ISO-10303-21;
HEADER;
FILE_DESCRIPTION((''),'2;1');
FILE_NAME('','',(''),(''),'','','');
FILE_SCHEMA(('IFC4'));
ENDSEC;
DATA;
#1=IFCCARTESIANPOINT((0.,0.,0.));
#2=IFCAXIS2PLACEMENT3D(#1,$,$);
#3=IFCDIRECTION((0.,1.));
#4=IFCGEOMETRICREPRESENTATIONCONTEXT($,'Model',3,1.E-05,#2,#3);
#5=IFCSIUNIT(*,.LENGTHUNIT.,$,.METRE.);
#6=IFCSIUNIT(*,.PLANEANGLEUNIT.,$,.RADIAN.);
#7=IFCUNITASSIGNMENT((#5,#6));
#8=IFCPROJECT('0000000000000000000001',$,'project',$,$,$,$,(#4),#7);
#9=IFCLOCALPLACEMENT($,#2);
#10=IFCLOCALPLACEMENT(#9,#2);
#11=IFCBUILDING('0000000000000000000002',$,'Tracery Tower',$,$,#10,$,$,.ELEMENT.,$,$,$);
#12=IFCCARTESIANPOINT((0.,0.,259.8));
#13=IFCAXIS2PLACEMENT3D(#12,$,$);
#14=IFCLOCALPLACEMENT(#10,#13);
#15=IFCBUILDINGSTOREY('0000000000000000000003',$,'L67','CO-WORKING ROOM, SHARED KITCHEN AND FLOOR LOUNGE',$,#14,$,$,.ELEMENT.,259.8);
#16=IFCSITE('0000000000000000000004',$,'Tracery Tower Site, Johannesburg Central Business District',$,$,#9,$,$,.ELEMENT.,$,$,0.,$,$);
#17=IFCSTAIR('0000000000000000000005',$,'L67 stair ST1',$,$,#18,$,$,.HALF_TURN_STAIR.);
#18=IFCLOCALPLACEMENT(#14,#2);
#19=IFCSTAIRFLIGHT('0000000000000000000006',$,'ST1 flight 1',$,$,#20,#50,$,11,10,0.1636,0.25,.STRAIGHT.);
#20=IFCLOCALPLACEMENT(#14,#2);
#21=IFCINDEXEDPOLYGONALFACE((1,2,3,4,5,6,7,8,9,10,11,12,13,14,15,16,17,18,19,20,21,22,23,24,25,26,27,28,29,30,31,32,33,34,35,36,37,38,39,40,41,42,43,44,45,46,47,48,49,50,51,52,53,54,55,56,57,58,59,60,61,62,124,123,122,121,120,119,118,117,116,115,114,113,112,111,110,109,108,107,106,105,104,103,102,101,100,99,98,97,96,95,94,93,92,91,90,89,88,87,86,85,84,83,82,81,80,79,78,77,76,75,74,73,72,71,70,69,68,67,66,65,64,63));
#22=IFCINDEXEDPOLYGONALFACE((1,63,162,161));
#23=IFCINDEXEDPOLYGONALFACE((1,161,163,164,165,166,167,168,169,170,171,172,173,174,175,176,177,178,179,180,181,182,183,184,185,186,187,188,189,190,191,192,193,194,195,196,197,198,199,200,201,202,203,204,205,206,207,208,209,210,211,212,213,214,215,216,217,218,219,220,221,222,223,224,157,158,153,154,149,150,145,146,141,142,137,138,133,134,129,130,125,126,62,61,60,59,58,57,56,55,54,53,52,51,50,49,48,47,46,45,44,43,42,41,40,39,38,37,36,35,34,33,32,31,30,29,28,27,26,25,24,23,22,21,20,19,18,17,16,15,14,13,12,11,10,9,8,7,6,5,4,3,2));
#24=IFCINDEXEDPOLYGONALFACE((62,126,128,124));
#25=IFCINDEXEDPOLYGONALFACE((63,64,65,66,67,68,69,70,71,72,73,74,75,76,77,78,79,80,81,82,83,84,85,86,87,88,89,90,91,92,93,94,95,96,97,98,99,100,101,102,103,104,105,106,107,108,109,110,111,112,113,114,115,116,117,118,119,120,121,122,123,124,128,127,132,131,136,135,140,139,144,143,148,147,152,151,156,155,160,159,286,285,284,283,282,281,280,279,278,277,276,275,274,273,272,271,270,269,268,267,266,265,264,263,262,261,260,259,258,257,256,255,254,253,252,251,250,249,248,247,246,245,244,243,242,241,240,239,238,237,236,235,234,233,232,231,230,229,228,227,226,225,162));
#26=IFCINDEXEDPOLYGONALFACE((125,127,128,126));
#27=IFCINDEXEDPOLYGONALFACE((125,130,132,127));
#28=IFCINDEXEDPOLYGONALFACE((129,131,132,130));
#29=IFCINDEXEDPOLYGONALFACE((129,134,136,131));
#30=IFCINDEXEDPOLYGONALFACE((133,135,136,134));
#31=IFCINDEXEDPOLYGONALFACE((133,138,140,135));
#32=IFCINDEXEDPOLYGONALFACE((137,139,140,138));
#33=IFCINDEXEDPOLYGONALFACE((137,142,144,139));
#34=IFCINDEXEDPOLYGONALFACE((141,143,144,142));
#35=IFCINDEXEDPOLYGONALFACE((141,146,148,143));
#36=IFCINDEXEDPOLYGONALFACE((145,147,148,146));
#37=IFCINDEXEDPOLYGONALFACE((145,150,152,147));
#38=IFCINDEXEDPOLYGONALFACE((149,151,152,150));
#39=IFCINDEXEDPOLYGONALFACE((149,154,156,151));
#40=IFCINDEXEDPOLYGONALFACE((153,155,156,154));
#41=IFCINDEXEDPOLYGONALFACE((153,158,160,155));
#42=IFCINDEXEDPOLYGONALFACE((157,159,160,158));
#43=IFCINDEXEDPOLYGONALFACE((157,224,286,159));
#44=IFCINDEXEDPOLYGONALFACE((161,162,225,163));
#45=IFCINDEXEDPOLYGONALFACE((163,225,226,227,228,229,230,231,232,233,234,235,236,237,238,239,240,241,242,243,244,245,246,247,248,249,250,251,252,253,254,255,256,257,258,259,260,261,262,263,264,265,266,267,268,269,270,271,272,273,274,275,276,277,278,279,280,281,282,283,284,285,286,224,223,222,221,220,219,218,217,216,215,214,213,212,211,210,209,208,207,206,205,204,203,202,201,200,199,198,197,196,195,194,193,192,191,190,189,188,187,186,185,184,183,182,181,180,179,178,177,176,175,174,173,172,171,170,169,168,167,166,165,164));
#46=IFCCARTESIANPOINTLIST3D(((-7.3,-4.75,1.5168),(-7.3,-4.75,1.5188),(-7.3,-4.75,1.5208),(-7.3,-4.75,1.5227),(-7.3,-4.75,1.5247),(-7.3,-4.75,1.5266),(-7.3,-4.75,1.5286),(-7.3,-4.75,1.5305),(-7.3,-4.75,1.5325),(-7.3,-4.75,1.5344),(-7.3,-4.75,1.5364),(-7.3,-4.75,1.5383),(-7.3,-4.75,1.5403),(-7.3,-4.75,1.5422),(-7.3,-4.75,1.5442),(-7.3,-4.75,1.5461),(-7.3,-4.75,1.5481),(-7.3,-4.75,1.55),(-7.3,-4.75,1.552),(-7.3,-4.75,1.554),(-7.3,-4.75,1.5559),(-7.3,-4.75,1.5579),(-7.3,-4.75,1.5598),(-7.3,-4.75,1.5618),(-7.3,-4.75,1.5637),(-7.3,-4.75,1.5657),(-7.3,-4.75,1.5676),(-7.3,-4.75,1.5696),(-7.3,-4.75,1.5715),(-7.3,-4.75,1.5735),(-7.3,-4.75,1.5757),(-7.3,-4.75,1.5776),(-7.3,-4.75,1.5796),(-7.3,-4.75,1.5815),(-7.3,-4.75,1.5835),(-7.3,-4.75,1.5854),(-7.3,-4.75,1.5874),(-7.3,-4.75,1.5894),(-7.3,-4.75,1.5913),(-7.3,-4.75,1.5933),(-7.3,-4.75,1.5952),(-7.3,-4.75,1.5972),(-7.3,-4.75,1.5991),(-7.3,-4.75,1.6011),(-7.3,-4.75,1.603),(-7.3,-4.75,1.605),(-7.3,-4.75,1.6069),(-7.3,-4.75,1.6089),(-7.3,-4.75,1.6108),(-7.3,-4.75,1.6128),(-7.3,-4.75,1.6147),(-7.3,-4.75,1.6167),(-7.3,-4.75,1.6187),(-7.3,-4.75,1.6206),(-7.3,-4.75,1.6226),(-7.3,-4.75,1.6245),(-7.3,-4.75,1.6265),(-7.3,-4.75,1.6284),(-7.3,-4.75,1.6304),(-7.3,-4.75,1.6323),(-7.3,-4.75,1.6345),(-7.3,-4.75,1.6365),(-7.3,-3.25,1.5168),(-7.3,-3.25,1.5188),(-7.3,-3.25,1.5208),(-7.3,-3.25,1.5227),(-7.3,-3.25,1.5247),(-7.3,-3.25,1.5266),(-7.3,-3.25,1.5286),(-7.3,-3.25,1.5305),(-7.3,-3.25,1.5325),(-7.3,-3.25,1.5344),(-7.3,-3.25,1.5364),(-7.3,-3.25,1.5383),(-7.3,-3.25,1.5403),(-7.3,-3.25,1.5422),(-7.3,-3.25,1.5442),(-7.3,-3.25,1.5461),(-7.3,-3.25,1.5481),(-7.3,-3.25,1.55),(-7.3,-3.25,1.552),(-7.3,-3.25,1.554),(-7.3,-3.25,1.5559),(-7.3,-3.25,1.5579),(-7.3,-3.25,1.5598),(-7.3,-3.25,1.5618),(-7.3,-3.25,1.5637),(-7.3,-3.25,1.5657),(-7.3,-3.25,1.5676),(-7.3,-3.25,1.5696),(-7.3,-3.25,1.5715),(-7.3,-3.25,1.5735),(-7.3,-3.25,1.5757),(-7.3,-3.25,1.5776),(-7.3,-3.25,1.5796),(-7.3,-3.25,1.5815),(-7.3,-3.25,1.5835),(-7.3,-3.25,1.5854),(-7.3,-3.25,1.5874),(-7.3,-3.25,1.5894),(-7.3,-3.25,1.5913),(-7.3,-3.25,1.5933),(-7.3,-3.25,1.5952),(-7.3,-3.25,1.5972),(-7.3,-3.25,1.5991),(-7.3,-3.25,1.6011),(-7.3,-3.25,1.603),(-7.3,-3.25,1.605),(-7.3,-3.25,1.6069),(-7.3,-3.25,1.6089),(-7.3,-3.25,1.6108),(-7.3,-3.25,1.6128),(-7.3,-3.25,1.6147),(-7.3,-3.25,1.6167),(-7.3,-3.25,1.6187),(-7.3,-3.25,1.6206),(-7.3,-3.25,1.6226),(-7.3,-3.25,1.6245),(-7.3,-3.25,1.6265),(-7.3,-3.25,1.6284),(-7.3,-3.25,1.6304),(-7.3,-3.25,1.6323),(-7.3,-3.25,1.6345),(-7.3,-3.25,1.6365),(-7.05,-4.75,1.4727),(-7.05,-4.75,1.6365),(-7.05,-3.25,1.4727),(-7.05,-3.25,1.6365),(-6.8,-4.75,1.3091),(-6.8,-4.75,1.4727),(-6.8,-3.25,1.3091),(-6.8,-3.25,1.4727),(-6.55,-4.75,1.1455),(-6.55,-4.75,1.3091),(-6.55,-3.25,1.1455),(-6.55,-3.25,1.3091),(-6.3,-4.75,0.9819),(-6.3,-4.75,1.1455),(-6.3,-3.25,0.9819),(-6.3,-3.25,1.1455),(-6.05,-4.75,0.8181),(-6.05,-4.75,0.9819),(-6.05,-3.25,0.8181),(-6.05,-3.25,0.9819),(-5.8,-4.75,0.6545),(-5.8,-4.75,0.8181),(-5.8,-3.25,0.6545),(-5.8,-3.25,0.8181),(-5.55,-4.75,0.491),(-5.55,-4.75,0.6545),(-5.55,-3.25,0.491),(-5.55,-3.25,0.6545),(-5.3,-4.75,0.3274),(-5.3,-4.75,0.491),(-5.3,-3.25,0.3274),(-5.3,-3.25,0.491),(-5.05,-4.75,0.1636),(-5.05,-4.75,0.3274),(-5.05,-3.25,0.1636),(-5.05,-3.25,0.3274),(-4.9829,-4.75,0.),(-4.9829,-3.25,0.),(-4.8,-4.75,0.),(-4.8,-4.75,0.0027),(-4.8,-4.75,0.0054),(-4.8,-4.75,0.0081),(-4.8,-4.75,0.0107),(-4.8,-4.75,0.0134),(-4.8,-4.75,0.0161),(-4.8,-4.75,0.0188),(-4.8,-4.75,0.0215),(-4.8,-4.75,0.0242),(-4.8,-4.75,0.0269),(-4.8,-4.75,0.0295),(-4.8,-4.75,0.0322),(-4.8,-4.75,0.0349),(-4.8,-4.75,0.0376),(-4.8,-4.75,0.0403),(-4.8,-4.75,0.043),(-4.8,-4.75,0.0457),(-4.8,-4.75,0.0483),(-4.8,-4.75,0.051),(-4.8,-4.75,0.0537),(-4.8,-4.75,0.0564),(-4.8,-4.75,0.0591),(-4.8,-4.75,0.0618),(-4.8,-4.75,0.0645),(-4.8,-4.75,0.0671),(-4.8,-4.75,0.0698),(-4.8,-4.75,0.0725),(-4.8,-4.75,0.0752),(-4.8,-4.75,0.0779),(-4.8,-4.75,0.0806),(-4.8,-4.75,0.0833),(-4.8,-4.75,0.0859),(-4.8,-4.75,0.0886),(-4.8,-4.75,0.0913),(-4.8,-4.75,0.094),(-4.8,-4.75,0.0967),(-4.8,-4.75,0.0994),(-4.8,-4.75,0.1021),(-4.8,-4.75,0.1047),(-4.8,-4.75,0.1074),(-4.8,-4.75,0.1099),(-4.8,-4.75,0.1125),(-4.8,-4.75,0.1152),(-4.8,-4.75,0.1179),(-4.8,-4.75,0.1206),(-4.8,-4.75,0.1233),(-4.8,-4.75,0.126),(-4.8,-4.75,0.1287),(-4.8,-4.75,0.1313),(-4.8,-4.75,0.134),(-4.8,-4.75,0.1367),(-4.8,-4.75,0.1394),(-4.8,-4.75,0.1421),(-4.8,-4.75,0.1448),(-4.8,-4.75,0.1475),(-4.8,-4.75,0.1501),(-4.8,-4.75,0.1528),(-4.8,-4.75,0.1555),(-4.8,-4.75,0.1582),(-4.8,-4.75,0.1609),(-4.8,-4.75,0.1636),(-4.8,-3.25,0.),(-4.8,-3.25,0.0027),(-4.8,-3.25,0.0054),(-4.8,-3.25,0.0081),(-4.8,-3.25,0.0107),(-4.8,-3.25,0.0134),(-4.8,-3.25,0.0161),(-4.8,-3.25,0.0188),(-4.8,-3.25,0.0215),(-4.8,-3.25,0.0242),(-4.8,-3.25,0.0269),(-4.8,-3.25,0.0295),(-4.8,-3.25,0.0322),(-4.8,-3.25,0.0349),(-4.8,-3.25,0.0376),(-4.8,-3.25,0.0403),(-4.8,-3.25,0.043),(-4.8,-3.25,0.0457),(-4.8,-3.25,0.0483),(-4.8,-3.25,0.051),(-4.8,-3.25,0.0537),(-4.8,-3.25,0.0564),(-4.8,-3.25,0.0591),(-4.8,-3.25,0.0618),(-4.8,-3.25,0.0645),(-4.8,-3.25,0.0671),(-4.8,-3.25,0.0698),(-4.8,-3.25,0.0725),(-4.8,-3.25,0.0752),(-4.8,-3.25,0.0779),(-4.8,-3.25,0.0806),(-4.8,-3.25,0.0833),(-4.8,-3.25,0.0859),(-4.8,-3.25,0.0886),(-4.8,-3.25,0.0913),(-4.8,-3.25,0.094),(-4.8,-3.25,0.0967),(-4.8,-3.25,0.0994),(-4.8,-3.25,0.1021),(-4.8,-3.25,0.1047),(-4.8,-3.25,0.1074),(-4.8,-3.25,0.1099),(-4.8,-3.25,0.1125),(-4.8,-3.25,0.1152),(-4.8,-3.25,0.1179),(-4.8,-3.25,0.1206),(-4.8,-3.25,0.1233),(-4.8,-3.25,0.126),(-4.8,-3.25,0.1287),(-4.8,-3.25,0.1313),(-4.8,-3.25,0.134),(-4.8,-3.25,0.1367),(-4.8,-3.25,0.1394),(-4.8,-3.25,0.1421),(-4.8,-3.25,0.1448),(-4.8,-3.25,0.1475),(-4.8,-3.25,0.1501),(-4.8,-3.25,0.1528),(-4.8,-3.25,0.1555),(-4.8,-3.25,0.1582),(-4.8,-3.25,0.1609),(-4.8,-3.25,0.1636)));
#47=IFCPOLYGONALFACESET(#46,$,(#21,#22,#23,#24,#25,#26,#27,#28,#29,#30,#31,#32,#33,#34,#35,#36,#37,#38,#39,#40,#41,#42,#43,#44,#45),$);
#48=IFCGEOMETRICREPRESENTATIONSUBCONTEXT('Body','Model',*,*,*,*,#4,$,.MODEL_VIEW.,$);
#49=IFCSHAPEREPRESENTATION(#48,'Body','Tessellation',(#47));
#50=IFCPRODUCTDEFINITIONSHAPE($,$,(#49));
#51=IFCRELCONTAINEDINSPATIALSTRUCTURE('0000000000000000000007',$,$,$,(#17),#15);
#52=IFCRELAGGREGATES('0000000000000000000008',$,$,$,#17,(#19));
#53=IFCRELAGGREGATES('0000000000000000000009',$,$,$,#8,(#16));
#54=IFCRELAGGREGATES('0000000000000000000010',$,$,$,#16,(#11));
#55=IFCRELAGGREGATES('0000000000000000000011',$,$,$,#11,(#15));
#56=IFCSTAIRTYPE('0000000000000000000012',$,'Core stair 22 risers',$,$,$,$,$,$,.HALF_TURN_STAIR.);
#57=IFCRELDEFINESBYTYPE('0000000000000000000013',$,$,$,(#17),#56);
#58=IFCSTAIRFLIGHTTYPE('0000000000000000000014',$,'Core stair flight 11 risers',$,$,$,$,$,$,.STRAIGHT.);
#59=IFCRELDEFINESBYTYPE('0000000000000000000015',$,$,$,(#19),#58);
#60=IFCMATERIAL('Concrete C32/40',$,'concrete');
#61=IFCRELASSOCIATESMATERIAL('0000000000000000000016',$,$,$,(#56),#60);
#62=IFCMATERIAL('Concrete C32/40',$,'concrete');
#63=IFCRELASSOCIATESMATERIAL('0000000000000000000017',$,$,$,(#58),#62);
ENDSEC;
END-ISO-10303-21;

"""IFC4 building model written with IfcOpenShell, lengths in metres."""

from ifc_helpers import new_model, si_unit, direction, frame, origin, place, context, subcontext, project, spatial, polyline, outline, extrude, material, type_object, element, aggregate, save


model = new_model("IFC4")

# Units and contexts
model_context = context("Model", 3, precision=1e-05, world=origin(), true_north=direction((0.0, 1.0)))
body_context = subcontext(model_context, "Body", "Model", "MODEL_VIEW")
ifc_project = project(units=[si_unit("LENGTHUNIT", "METRE"), si_unit("PLANEANGLEUNIT", "RADIAN")], contexts=[model_context])

# Site, building, storey
site_placement = place(None, origin())
site = spatial("IfcSite", under=ifc_project, at=site_placement, Name="Tracery Tower Site, Johannesburg Central Business District", CompositionType="ELEMENT", RefElevation=0.0)
building_placement = place(site_placement, origin())
building = spatial("IfcBuilding", under=site, at=building_placement, Name="Tracery Tower", CompositionType="ELEMENT")
storey_placement = place(building_placement, frame((0.0, 0.0, 259.8)))
storey = spatial("IfcBuildingStorey", under=building, at=storey_placement, Name="L67", Description="CO-WORKING ROOM, SHARED KITCHEN AND FLOOR LOUNGE", CompositionType="ELEMENT", Elevation=259.8)

# Stair, stair flight
ifc_material_1 = material(Name="Concrete C32/40", Category="concrete")
stair_type = type_object("IfcStairType", Name="Core stair 22 risers", PredefinedType="HALF_TURN_STAIR", material=ifc_material_1)
stair_placement = place(storey_placement, origin())
stair = element("IfcStair", 1, at=stair_placement, inside=storey, type_object=stair_type, Name="L67 stair ST1", PredefinedType="HALF_TURN_STAIR")
ifc_material_2 = material(Name="Concrete C32/40", Category="concrete")
stair_flight_type = type_object("IfcStairFlightType", Name="Core stair flight 11 risers", PredefinedType="STRAIGHT", material=ifc_material_2)
stair_flight_1_placement = place(storey_placement, frame((-4.8, -4.0, 0.0), z_axis=(0.0, 0.0, 1.0), x_axis=(-1.0, 0.0, 0.0)))
stair_flight_1 = element("IfcStairFlight", 2, at=stair_flight_1_placement, type_object=stair_flight_type, Name="ST1 flight 1", NumberOfRisers=11, NumberOfTreads=10, PredefinedType="STRAIGHT", RiserHeight=0.1636, TreadLength=0.25, context=body_context, shape_type="SweptSolid", body=[
    extrude(outline(polyline([(0.0, 0.0), (0.0, 0.0027), (0.0, 0.0054), (0.0, 0.0081), (0.0, 0.0107), (0.0, 0.0134), (0.0, 0.0161), (0.0, 0.0188), (0.0, 0.0215), (0.0, 0.0242), (0.0, 0.0269), (0.0, 0.0295), (0.0, 0.0322), (0.0, 0.0349), (0.0, 0.0376), (0.0, 0.0403), (0.0, 0.043), (0.0, 0.0457), (0.0, 0.0483), (0.0, 0.051), (0.0, 0.0537), (0.0, 0.0564), (0.0, 0.0591), (0.0, 0.0618), (0.0, 0.0645), (0.0, 0.0671), (0.0, 0.0698), (0.0, 0.0725), (0.0, 0.0752), (0.0, 0.0779), (0.0, 0.0806), (0.0, 0.0833), (0.0, 0.0859), (0.0, 0.0886), (0.0, 0.0913), (0.0, 0.094), (0.0, 0.0967), (0.0, 0.0994), (0.0, 0.1021), (0.0, 0.1047), (0.0, 0.1074), (0.0, 0.1099), (0.0, 0.1125), (0.0, 0.1152), (0.0, 0.1179), (0.0, 0.1206), (0.0, 0.1233), (0.0, 0.126), (0.0, 0.1287), (0.0, 0.1313), (0.0, 0.134), (0.0, 0.1367), (0.0, 0.1394), (0.0, 0.1421), (0.0, 0.1448), (0.0, 0.1475), (0.0, 0.1501), (0.0, 0.1528), (0.0, 0.1555), (0.0, 0.1582), (0.0, 0.1609), (0.0, 0.1636), (0.25, 0.1636), (0.25, 0.3274), (0.5, 0.3274), (0.5, 0.491), (0.75, 0.491), (0.75, 0.6545), (1.0, 0.6545), (1.0, 0.8181), (1.25, 0.8181), (1.25, 0.9819), (1.5, 0.9819), (1.5, 1.1455), (1.75, 1.1455), (1.75, 1.3091), (2.0, 1.3091), (2.0, 1.4727), (2.25, 1.4727), (2.25, 1.6365), (2.5, 1.6365), (2.5, 1.6345), (2.5, 1.6323), (2.5, 1.6304), (2.5, 1.6284), (2.5, 1.6265), (2.5, 1.6245), (2.5, 1.6226), (2.5, 1.6206), (2.5, 1.6187), (2.5, 1.6167), (2.5, 1.6147), (2.5, 1.6128), (2.5, 1.6108), (2.5, 1.6089), (2.5, 1.6069), (2.5, 1.605), (2.5, 1.603), (2.5, 1.6011), (2.5, 1.5991), (2.5, 1.5972), (2.5, 1.5952), (2.5, 1.5933), (2.5, 1.5913), (2.5, 1.5894), (2.5, 1.5874), (2.5, 1.5854), (2.5, 1.5835), (2.5, 1.5815), (2.5, 1.5796), (2.5, 1.5776), (2.5, 1.5757), (2.5, 1.5735), (2.5, 1.5715), (2.5, 1.5696), (2.5, 1.5676), (2.5, 1.5657), (2.5, 1.5637), (2.5, 1.5618), (2.5, 1.5598), (2.5, 1.5579), (2.5, 1.5559), (2.5, 1.554), (2.5, 1.552), (2.5, 1.55), (2.5, 1.5481), (2.5, 1.5461), (2.5, 1.5442), (2.5, 1.5422), (2.5, 1.5403), (2.5, 1.5383), (2.5, 1.5364), (2.5, 1.5344), (2.5, 1.5325), (2.5, 1.5305), (2.5, 1.5286), (2.5, 1.5266), (2.5, 1.5247), (2.5, 1.5227), (2.5, 1.5208), (2.5, 1.5188), (2.5, 1.5168), (0.1829, 0.0), (0.0, 0.0)])), frame((0.0, 0.75, 0.0), z_axis=(0.0, -1.0, 0.0), x_axis=(1.0, 0.0, 0.0)), (0.0, 0.0, 1.0), 1.5),
])
aggregate(stair, [stair_flight_1])

save(model, "model.ifc")
